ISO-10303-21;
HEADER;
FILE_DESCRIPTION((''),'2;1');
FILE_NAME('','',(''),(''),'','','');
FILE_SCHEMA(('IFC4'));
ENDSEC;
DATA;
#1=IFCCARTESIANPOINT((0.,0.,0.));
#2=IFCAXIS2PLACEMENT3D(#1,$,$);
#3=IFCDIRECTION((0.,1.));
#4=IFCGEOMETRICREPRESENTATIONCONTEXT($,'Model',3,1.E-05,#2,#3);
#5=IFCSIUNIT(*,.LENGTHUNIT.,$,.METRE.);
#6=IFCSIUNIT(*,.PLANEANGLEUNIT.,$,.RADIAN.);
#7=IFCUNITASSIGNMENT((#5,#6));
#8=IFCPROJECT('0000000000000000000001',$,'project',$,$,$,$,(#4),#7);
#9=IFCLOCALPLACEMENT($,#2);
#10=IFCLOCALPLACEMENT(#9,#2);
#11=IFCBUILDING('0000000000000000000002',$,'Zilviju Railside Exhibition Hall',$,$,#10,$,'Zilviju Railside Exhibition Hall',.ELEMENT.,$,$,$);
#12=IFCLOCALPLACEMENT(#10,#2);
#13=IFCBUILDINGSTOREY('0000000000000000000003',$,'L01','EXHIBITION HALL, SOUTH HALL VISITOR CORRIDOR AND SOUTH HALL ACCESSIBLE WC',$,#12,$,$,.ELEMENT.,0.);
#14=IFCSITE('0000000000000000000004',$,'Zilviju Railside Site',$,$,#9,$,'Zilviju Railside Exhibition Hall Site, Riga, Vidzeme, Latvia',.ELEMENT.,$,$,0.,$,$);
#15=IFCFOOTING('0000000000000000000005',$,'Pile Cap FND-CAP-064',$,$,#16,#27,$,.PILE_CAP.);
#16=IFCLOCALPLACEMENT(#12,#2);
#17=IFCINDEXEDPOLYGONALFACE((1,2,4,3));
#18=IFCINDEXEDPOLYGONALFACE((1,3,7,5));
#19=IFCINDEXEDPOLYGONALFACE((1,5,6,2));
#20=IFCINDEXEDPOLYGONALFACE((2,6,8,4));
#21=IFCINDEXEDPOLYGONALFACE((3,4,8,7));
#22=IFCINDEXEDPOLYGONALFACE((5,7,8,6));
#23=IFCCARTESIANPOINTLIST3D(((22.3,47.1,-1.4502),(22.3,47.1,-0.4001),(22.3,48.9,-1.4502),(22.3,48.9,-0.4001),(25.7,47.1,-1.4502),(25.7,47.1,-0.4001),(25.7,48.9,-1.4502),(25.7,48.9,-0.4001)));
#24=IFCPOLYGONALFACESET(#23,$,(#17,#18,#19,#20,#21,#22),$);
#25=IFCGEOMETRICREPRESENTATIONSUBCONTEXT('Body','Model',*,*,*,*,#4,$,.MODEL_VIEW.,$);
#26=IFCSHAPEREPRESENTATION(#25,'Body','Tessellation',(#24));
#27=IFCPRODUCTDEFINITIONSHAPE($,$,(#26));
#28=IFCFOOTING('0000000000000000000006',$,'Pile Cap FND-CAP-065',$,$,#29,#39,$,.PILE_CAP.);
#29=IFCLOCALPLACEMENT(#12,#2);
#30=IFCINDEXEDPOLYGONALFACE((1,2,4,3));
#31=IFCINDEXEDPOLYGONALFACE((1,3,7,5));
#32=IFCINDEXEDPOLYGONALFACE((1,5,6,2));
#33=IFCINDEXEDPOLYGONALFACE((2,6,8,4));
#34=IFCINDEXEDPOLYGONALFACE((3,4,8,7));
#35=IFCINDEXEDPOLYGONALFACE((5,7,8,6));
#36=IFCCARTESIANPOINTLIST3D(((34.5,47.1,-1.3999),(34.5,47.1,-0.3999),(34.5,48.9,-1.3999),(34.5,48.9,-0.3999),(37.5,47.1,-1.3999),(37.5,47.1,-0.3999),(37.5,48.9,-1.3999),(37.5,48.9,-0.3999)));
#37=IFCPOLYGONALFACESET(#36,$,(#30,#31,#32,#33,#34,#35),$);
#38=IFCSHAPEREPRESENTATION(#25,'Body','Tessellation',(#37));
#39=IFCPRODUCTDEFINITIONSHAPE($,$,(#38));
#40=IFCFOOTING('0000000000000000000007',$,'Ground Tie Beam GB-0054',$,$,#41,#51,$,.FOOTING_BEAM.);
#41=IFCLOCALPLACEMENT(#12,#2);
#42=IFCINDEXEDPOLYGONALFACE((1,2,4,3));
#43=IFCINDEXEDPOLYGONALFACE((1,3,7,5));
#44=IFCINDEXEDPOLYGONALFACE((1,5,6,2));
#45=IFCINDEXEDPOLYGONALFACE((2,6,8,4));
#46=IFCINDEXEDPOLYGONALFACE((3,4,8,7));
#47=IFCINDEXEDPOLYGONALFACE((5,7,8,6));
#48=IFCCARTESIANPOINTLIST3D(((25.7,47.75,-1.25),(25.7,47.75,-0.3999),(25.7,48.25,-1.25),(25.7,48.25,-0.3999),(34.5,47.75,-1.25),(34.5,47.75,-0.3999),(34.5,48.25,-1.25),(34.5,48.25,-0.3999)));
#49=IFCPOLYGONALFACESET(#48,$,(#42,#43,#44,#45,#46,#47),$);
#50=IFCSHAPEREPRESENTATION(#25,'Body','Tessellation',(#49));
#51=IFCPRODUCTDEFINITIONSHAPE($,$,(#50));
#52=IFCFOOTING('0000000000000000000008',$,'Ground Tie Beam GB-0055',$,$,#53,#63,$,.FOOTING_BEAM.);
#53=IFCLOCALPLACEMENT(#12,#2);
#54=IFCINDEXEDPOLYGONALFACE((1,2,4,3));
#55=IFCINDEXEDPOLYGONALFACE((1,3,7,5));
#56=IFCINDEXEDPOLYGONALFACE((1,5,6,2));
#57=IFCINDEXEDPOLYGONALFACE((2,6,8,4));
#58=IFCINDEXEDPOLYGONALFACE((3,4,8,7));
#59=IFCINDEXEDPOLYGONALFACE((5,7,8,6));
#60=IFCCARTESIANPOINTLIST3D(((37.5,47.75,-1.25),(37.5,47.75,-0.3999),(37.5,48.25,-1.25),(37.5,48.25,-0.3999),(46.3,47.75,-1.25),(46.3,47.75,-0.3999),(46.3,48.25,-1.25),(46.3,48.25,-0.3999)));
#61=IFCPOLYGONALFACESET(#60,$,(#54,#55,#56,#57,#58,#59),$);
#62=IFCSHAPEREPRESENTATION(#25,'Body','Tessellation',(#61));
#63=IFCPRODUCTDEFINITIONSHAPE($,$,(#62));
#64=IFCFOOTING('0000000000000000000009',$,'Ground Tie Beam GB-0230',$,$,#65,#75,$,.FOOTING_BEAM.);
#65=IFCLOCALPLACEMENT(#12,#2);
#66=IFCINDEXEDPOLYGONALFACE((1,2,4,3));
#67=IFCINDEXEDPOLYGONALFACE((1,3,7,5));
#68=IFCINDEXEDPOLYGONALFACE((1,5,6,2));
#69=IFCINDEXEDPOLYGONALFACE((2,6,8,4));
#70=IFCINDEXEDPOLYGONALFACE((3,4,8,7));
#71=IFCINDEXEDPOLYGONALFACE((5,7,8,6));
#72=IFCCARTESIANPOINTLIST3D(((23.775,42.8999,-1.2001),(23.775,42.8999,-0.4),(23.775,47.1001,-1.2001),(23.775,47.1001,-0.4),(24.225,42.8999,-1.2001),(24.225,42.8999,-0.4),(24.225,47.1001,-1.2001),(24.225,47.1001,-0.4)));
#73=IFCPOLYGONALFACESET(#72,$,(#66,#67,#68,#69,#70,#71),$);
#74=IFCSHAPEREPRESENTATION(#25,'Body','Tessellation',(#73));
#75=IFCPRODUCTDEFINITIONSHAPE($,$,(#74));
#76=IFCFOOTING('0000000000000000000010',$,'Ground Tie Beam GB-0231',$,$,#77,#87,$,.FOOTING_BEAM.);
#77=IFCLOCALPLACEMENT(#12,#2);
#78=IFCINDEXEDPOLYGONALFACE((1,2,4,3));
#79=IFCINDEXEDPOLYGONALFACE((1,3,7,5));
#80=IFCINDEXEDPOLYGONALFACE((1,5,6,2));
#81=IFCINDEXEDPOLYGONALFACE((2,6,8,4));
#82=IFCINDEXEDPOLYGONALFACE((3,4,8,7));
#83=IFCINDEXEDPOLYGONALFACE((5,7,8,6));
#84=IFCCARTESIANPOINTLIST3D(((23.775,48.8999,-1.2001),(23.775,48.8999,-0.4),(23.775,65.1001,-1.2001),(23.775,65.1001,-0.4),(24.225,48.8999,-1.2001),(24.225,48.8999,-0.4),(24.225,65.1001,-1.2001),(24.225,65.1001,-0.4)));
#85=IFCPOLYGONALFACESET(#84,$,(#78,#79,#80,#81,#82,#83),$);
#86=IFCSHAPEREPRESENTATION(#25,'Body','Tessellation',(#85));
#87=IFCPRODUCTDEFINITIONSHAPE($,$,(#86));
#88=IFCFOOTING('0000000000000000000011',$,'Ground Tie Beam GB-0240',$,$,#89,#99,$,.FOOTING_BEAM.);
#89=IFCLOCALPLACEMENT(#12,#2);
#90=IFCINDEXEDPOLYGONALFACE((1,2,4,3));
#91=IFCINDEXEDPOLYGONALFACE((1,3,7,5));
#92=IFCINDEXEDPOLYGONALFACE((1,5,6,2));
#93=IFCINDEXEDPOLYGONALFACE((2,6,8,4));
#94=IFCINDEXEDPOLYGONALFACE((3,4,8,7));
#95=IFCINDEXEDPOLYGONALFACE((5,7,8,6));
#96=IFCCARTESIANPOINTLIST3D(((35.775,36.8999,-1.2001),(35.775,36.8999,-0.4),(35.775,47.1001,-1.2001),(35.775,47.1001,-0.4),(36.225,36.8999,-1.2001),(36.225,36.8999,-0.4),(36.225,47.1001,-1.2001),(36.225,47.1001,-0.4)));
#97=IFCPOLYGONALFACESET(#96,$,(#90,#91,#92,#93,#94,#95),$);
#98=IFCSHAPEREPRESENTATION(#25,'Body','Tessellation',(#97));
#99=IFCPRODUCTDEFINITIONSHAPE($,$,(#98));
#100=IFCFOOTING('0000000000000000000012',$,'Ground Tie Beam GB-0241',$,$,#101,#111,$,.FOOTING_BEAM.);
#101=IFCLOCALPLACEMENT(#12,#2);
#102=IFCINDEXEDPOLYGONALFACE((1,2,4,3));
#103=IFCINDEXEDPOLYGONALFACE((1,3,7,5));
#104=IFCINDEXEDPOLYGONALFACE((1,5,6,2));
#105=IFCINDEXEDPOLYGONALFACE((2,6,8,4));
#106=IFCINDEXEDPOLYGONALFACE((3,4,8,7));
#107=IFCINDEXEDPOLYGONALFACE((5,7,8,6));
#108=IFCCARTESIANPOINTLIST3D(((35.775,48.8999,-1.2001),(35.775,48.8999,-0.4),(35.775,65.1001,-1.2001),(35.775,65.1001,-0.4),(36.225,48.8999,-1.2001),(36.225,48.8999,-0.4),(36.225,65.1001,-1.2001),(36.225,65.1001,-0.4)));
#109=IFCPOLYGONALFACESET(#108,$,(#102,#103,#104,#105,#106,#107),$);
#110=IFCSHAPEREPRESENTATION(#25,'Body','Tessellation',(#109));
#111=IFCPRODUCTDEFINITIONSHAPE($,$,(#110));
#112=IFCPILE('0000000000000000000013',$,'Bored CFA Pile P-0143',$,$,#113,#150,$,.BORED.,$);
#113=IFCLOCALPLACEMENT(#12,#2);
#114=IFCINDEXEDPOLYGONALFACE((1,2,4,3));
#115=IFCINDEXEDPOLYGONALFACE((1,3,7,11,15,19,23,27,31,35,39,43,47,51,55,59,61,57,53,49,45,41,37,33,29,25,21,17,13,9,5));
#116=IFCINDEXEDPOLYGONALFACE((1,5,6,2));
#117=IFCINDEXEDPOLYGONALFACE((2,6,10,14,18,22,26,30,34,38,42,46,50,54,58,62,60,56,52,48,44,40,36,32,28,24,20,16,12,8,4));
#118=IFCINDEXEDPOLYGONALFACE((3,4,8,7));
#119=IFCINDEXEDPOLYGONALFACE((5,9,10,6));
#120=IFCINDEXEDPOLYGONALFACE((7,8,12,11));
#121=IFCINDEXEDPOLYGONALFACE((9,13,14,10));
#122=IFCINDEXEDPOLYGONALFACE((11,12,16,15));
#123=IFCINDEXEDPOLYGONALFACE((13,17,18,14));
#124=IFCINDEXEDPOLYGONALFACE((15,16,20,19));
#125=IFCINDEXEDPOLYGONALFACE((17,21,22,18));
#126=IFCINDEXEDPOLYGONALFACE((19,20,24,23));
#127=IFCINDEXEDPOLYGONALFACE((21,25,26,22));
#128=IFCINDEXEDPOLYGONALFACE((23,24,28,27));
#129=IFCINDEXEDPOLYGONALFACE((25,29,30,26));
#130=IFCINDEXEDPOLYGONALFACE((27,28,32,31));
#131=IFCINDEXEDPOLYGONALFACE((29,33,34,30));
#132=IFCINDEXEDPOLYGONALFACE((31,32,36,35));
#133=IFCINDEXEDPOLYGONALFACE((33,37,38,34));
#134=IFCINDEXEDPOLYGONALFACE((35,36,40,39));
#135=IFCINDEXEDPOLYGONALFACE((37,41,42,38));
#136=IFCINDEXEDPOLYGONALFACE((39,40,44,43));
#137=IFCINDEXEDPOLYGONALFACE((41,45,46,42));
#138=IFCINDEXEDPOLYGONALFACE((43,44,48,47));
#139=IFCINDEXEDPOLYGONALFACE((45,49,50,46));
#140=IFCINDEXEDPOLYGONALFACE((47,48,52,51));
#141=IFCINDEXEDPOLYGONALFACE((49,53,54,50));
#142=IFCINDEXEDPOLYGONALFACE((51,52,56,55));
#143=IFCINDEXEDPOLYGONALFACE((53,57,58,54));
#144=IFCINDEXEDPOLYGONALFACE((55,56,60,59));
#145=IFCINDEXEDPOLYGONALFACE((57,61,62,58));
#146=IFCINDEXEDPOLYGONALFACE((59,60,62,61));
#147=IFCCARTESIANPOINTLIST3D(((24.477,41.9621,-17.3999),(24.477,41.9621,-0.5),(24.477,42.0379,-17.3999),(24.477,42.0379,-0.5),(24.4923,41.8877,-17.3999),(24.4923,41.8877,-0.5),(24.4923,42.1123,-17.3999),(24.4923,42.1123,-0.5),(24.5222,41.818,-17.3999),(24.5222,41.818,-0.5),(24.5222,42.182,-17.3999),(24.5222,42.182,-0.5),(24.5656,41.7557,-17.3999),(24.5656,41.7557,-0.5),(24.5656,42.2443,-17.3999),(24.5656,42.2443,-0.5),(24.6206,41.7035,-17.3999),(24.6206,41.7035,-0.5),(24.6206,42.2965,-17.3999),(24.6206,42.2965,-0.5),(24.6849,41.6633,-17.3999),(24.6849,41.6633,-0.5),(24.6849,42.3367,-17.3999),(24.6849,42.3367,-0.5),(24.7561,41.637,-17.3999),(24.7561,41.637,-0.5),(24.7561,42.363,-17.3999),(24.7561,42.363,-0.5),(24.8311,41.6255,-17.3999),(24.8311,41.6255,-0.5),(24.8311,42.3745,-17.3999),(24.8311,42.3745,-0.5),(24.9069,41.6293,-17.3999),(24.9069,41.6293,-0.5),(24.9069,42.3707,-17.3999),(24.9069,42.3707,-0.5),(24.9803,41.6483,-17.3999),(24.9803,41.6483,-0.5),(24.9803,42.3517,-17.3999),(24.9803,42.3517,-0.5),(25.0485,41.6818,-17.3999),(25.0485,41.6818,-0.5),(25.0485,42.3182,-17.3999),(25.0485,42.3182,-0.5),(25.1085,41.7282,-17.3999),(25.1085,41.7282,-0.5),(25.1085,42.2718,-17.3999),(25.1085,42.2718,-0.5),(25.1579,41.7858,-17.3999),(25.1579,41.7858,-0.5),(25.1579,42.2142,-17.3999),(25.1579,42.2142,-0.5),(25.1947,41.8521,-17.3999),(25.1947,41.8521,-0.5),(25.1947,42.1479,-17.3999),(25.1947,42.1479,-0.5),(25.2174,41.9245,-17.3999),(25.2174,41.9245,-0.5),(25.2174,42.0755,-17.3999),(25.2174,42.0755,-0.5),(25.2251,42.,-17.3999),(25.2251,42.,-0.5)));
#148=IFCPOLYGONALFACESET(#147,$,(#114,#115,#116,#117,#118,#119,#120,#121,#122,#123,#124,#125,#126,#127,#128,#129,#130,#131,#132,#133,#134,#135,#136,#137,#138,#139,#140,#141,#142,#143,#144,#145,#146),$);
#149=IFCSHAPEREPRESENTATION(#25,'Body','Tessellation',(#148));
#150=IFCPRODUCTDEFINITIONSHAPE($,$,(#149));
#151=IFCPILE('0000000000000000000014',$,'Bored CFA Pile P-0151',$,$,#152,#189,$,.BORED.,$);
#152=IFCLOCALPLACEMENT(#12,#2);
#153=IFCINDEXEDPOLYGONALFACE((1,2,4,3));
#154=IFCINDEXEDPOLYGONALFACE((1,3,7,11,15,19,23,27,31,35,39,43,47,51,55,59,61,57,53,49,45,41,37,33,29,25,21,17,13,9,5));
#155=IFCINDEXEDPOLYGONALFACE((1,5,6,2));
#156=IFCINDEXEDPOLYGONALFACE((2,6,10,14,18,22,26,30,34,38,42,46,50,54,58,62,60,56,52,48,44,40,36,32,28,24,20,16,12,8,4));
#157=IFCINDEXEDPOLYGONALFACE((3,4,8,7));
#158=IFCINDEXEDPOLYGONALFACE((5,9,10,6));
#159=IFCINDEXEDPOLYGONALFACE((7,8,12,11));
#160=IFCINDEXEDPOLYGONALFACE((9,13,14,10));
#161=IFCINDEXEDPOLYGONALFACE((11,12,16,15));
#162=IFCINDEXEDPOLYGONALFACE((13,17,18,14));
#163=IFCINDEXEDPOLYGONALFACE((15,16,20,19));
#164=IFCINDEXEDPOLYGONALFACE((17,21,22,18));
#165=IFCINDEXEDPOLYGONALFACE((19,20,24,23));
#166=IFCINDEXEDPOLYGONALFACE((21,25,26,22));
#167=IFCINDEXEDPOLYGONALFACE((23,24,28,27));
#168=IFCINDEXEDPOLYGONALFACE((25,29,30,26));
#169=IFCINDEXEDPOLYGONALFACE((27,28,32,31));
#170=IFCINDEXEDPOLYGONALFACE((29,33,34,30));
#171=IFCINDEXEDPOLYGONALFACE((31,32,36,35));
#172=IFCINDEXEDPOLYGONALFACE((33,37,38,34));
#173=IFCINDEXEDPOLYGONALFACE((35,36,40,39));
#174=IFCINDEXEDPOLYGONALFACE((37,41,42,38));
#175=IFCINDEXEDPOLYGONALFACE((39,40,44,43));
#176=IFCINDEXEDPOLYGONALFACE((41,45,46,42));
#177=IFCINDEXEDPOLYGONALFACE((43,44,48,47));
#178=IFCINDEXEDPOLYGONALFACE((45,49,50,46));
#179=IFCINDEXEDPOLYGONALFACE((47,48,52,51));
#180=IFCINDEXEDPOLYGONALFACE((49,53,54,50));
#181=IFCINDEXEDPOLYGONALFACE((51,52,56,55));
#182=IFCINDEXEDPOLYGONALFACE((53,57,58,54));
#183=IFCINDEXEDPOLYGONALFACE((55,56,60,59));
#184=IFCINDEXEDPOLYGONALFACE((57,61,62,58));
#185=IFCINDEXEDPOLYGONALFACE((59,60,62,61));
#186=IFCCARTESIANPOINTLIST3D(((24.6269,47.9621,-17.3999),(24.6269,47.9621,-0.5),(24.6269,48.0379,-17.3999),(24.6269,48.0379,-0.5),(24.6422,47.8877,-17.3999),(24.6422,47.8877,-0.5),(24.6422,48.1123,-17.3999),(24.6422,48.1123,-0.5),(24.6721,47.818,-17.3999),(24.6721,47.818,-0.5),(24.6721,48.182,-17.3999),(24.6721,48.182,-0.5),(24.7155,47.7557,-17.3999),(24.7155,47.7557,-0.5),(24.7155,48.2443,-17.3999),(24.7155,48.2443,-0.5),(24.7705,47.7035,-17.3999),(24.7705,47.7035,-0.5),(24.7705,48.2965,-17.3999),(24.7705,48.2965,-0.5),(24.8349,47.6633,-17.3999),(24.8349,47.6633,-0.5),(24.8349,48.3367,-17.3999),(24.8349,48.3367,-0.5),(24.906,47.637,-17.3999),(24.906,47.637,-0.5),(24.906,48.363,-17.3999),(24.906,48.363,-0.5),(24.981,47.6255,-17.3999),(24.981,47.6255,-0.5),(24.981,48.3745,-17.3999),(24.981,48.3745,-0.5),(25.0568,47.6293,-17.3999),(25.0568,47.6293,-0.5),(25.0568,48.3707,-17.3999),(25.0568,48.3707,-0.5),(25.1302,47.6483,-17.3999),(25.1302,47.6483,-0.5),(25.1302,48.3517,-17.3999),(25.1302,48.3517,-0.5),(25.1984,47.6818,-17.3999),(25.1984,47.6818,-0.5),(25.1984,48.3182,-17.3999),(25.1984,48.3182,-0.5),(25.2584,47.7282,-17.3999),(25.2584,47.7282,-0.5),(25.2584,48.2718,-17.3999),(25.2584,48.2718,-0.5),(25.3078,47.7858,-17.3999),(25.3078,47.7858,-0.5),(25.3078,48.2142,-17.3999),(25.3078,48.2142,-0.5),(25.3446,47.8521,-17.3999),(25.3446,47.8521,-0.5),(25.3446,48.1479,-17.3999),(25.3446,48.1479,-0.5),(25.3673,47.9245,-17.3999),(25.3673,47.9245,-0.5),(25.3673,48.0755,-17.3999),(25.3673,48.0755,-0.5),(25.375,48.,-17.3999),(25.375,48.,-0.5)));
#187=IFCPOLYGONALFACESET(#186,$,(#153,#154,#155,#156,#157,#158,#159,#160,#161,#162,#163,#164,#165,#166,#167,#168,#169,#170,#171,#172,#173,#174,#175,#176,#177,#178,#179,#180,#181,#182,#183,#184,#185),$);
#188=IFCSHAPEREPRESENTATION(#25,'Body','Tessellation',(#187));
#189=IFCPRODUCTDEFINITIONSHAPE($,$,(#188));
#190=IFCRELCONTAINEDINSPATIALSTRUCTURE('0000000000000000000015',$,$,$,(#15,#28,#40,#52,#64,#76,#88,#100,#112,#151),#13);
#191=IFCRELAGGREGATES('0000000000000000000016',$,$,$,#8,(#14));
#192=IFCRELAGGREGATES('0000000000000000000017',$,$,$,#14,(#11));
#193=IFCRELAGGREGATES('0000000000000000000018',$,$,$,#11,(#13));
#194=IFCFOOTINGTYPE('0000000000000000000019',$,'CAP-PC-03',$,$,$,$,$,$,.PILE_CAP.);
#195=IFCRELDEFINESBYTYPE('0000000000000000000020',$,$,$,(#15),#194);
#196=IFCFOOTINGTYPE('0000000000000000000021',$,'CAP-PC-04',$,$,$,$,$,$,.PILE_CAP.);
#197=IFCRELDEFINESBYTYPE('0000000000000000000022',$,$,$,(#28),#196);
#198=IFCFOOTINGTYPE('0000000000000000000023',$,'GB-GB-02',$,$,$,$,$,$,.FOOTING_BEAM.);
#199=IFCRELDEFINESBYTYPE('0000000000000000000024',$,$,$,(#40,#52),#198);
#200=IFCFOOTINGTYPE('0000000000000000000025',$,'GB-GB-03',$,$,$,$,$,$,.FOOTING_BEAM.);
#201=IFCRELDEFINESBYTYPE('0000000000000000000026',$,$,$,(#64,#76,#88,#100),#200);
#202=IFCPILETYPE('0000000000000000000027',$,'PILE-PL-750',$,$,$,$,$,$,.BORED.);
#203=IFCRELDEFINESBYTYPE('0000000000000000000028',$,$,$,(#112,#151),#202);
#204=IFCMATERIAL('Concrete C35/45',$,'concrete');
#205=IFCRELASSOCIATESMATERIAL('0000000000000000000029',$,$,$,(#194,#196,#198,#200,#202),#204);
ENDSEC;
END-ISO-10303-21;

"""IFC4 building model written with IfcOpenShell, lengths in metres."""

from ifc_helpers import new_model, si_unit, direction, frame, origin, origin_2d, place, context, subcontext, project, spatial, rectangle, circle, extrude, material, material_profile, profile_set, type_object, element, save


model = new_model("IFC4")

# Units and contexts
model_context = context("Model", 3, precision=1e-05, world=origin(), true_north=direction((0.0, 1.0)))
body_context = subcontext(model_context, "Body", "Model", "MODEL_VIEW")
ifc_project = project(units=[si_unit("LENGTHUNIT", "METRE"), si_unit("PLANEANGLEUNIT", "RADIAN")], contexts=[model_context])

# Site, building, storey
site_placement = place(None, origin())
site = spatial("IfcSite", under=ifc_project, at=site_placement, Name="Zilviju Railside Site", LongName="Zilviju Railside Exhibition Hall Site, Riga, Vidzeme, Latvia", CompositionType="ELEMENT", RefElevation=0.0)
building_placement = place(site_placement, origin())
building = spatial("IfcBuilding", under=site, at=building_placement, Name="Zilviju Railside Exhibition Hall", LongName="Zilviju Railside Exhibition Hall", CompositionType="ELEMENT")
storey_placement = place(building_placement, origin())
storey = spatial("IfcBuildingStorey", under=building, at=storey_placement, Name="L01", Description="EXHIBITION HALL, SOUTH HALL VISITOR CORRIDOR AND SOUTH HALL ACCESSIBLE WC", CompositionType="ELEMENT", Elevation=0.0)

# Footings
ifc_material_1 = material(Name="Concrete C35/45", Category="concrete")
footing_type_1 = type_object("IfcFootingType", Name="CAP-PC-03", PredefinedType="PILE_CAP", material=ifc_material_1)
footing_1_placement = place(storey_placement, frame((24.0, 48.0, -1.4502), z_axis=(0.0, 0.0, 1.0), x_axis=(1.0, 0.0, 0.0)))
element("IfcFooting", 1, at=footing_1_placement, inside=storey, type_object=footing_type_1, Name="Pile Cap FND-CAP-064", PredefinedType="PILE_CAP", context=body_context, shape_type="SweptSolid", body=[
    extrude(rectangle(XDim=3.3999, YDim=1.8, at=origin_2d()), origin(), (0.0, 0.0, 1.0), 1.05),
])
footing_type_2 = type_object("IfcFootingType", Name="CAP-PC-04", PredefinedType="PILE_CAP", material=ifc_material_1)
footing_2_placement = place(storey_placement, frame((36.0, 48.0, -1.3999), z_axis=(0.0, 0.0, 1.0), x_axis=(1.0, 0.0, 0.0)))
element("IfcFooting", 2, at=footing_2_placement, inside=storey, type_object=footing_type_2, Name="Pile Cap FND-CAP-065", PredefinedType="PILE_CAP", context=body_context, shape_type="SweptSolid", body=[
    extrude(rectangle(XDim=3.0, YDim=1.8, at=origin_2d()), origin(), (0.0, 0.0, 1.0), 1.0),
])
ifc_material_profile_1 = material_profile(ifc_material_1, rectangle(XDim=0.5, YDim=0.8501, at=origin_2d()), Name="TIE BEAM 500x850")
ifc_profile_set_1 = profile_set([ifc_material_profile_1], Name="Concrete C35/45")
footing_type_3 = type_object("IfcFootingType", Name="GB-GB-02", PredefinedType="FOOTING_BEAM", material=ifc_profile_set_1)
for number, where, z_axis, x_axis, name in (
    (3, (25.7, 48.0, -0.825), (1.0, 0.0, 0.0), (0.0, 1.0, 0.0), "Ground Tie Beam GB-0054"),
    (4, (37.5, 48.0, -0.825), (1.0, 0.0, 0.0), (0.0, 1.0, 0.0), "Ground Tie Beam GB-0055"),
):
    element("IfcFooting", number, at=place(storey_placement, frame(where, z_axis=z_axis, x_axis=x_axis)), inside=storey, type_object=footing_type_3, Name=name, PredefinedType="FOOTING_BEAM", context=body_context, shape_type="SweptSolid", body=[
        extrude(rectangle(XDim=0.5, YDim=0.8501, at=origin_2d()), origin(), (0.0, 0.0, 1.0), 8.8),
    ])
ifc_material_profile_2 = material_profile(ifc_material_1, rectangle(XDim=0.45, YDim=0.8, at=origin_2d()), Name="TIE BEAM 450x800")
ifc_profile_set_2 = profile_set([ifc_material_profile_2], Name="Concrete C35/45")
footing_type_4 = type_object("IfcFootingType", Name="GB-GB-03", PredefinedType="FOOTING_BEAM", material=ifc_profile_set_2)
footing_3_placement = place(storey_placement, frame((24.0, 42.8999, -0.8), z_axis=(0.0, 1.0, 0.0), x_axis=(-1.0, 0.0, 0.0)))
element("IfcFooting", 5, at=footing_3_placement, inside=storey, type_object=footing_type_4, Name="Ground Tie Beam GB-0230", PredefinedType="FOOTING_BEAM", context=body_context, shape_type="SweptSolid", body=[
    extrude(rectangle(XDim=0.45, YDim=0.8, at=origin_2d()), origin(), (0.0, 0.0, 1.0), 4.2002),
])
footing_4_placement = place(storey_placement, frame((24.0, 48.8999, -0.8), z_axis=(0.0, 1.0, 0.0), x_axis=(-1.0, 0.0, 0.0)))
element("IfcFooting", 6, at=footing_4_placement, inside=storey, type_object=footing_type_4, Name="Ground Tie Beam GB-0231", PredefinedType="FOOTING_BEAM", context=body_context, shape_type="SweptSolid", body=[
    extrude(rectangle(XDim=0.45, YDim=0.8, at=origin_2d()), origin(), (0.0, 0.0, 1.0), 16.2002),
])
footing_5_placement = place(storey_placement, frame((36.0, 36.8999, -0.8), z_axis=(0.0, 1.0, 0.0), x_axis=(-1.0, 0.0, 0.0)))
element("IfcFooting", 7, at=footing_5_placement, inside=storey, type_object=footing_type_4, Name="Ground Tie Beam GB-0240", PredefinedType="FOOTING_BEAM", context=body_context, shape_type="SweptSolid", body=[
    extrude(rectangle(XDim=0.45, YDim=0.8, at=origin_2d()), origin(), (0.0, 0.0, 1.0), 10.2002),
])
footing_6_placement = place(storey_placement, frame((36.0, 48.8999, -0.8), z_axis=(0.0, 1.0, 0.0), x_axis=(-1.0, 0.0, 0.0)))
element("IfcFooting", 8, at=footing_6_placement, inside=storey, type_object=footing_type_4, Name="Ground Tie Beam GB-0241", PredefinedType="FOOTING_BEAM", context=body_context, shape_type="SweptSolid", body=[
    extrude(rectangle(XDim=0.45, YDim=0.8, at=origin_2d()), origin(), (0.0, 0.0, 1.0), 16.2002),
])

# Piles
ifc_material_profile_3 = material_profile(ifc_material_1, circle(Radius=0.375, at=origin_2d()), Name="CFA PILE D750")
ifc_profile_set_3 = profile_set([ifc_material_profile_3], Name="Concrete C35/45")
pile_type = type_object("IfcPileType", Name="PILE-PL-750", PredefinedType="BORED", material=ifc_profile_set_3)
for number, where, z_axis, x_axis, name in (
    (9, (24.8501, 42.0, -0.5), (0.0, 0.0, -1.0), (1.0, 0.0, 0.0), "Bored CFA Pile P-0143"),
    (10, (25.0, 48.0, -0.5), (0.0, 0.0, -1.0), (1.0, 0.0, 0.0), "Bored CFA Pile P-0151"),
):
    element("IfcPile", number, at=place(storey_placement, frame(where, z_axis=z_axis, x_axis=x_axis)), inside=storey, type_object=pile_type, Name=name, PredefinedType="BORED", context=body_context, shape_type="SweptSolid", body=[
        extrude(circle(Radius=0.375, at=origin_2d()), origin(), (0.0, 0.0, 1.0), 16.8999),
    ])

save(model, "model.ifc")
